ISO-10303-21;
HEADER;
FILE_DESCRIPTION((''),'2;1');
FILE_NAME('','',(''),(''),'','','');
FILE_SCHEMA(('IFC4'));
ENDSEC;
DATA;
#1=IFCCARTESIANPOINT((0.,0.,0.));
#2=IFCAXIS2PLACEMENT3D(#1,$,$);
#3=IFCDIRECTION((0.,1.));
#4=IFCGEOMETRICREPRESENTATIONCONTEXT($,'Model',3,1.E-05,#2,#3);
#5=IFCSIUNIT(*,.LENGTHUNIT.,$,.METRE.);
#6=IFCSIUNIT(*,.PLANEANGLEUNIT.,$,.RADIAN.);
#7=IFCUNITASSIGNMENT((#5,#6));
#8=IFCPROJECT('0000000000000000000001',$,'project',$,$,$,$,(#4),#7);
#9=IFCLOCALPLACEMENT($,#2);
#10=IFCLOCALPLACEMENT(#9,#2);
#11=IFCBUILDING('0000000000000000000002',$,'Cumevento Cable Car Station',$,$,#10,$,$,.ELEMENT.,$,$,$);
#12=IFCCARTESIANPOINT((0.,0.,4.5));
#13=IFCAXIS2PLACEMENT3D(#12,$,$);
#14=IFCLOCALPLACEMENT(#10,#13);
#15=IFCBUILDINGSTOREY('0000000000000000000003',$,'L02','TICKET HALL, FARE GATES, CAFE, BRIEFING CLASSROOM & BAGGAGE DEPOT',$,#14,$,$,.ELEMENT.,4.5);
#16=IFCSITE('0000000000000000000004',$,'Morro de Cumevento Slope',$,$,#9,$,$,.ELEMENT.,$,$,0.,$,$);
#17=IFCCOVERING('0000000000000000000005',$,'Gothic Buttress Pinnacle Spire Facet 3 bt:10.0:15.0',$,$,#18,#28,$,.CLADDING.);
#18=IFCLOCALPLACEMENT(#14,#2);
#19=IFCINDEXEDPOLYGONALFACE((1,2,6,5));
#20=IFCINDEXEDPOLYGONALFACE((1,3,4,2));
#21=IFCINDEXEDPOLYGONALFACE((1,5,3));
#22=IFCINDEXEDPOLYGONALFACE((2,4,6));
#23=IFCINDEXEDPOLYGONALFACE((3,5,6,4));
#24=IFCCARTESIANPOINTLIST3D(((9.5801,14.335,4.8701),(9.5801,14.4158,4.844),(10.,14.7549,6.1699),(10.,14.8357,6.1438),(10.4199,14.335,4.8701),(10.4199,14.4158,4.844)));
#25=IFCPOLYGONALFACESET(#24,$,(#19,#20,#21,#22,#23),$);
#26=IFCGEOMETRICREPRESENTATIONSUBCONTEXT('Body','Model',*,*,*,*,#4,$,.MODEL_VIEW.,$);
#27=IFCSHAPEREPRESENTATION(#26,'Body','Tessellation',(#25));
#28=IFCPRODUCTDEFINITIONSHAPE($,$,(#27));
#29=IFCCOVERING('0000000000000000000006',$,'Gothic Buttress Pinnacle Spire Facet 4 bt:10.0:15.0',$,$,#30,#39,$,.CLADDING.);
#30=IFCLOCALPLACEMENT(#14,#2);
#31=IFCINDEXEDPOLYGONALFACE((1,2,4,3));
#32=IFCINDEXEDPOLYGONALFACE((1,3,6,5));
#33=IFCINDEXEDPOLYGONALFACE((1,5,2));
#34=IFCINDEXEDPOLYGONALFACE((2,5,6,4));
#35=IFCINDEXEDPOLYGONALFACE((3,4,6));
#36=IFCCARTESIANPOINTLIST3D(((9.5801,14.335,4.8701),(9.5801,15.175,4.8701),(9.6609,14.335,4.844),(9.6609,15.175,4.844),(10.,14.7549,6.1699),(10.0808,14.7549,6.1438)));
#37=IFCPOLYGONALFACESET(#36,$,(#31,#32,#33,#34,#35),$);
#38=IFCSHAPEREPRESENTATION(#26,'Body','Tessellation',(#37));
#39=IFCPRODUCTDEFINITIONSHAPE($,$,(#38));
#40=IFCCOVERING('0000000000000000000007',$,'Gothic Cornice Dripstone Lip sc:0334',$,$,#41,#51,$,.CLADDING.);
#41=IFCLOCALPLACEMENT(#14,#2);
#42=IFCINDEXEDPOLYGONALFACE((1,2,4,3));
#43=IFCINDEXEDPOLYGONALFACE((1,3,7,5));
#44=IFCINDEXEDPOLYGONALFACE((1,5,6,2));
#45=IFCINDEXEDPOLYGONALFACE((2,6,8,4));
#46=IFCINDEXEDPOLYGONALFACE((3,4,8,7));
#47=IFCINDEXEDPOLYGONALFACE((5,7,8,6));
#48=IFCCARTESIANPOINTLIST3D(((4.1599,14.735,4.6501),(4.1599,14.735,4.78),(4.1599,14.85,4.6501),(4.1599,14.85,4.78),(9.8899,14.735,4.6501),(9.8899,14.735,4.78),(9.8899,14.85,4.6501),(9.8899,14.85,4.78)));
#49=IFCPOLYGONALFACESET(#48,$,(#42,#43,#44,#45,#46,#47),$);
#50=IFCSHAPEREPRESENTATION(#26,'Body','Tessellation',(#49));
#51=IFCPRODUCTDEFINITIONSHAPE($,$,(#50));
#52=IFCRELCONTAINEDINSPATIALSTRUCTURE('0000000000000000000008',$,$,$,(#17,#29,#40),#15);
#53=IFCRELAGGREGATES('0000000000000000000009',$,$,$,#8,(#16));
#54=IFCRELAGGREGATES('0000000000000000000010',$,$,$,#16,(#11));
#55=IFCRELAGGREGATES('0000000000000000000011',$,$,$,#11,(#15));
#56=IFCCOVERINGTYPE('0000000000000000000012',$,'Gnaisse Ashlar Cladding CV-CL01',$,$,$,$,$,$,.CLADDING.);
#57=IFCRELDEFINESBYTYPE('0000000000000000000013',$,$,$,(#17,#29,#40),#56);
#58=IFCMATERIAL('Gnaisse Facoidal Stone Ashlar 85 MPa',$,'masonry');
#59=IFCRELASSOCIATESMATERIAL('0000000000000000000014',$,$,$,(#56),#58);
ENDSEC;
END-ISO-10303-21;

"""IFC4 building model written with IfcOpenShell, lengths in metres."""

from ifc_helpers import new_model, si_unit, direction, frame, origin, origin_2d, place, context, subcontext, project, spatial, polyline, rectangle, outline, extrude, material, type_object, element, save


model = new_model("IFC4")

# Units and contexts
model_context = context("Model", 3, precision=1e-05, world=origin(), true_north=direction((0.0, 1.0)))
body_context = subcontext(model_context, "Body", "Model", "MODEL_VIEW")
ifc_project = project(units=[si_unit("LENGTHUNIT", "METRE"), si_unit("PLANEANGLEUNIT", "RADIAN")], contexts=[model_context])

# Site, building, storey
site_placement = place(None, origin())
site = spatial("IfcSite", under=ifc_project, at=site_placement, Name="Morro de Cumevento Slope", CompositionType="ELEMENT", RefElevation=0.0)
building_placement = place(site_placement, origin())
building = spatial("IfcBuilding", under=site, at=building_placement, Name="Cumevento Cable Car Station", CompositionType="ELEMENT")
storey_placement = place(building_placement, frame((0.0, 0.0, 4.5)))
storey = spatial("IfcBuildingStorey", under=building, at=storey_placement, Name="L02", Description="TICKET HALL, FARE GATES, CAFE, BRIEFING CLASSROOM & BAGGAGE DEPOT", CompositionType="ELEMENT", Elevation=4.5)

# Coverings
ifc_material_1 = material(Name="Gnaisse Facoidal Stone Ashlar 85 MPa", Category="masonry")
covering_type = type_object("IfcCoveringType", Name="Gnaisse Ashlar Cladding CV-CL01", PredefinedType="CLADDING", material=ifc_material_1)
covering_1_placement = place(storey_placement, frame((10.4199, 14.335, 4.8701), z_axis=(0.0, -0.951574, 0.307421), x_axis=(-1.0, 0.0, 0.0)))
element("IfcCovering", 1, at=covering_1_placement, inside=storey, type_object=covering_type, Name="Gothic Buttress Pinnacle Spire Facet 3 bt:10.0:15.0", PredefinedType="CLADDING", context=body_context, shape_type="SweptSolid", body=[
    extrude(outline(polyline([(0.0, 0.0), (0.8398, 0.0), (0.4199, -1.366), (0.0, 0.0)])), origin(), (0.0, 0.0, -1.0), 0.085),
])
covering_2_placement = place(storey_placement, frame((9.5801, 14.335, 4.8701), z_axis=(-0.951574, 0.0, 0.307421), x_axis=(0.0, 1.0, 0.0)))
element("IfcCovering", 2, at=covering_2_placement, inside=storey, type_object=covering_type, Name="Gothic Buttress Pinnacle Spire Facet 4 bt:10.0:15.0", PredefinedType="CLADDING", context=body_context, shape_type="SweptSolid", body=[
    extrude(outline(polyline([(0.0, 0.0), (0.8401, 0.0), (0.4199, -1.366), (0.0, 0.0)])), origin(), (0.0, 0.0, -1.0), 0.085),
])
covering_3_placement = place(storey_placement, frame((7.0249, 14.7925, 4.6501), z_axis=(0.0, 0.0, 1.0), x_axis=(-1.0, 0.0, 0.0)))
element("IfcCovering", 3, at=covering_3_placement, inside=storey, type_object=covering_type, Name="Gothic Cornice Dripstone Lip sc:0334", PredefinedType="CLADDING", context=body_context, shape_type="SweptSolid", body=[
    extrude(rectangle(XDim=5.73, YDim=0.115, at=origin_2d()), origin(), (0.0, 0.0, 1.0), 0.1299),
])

save(model, "model.ifc")
